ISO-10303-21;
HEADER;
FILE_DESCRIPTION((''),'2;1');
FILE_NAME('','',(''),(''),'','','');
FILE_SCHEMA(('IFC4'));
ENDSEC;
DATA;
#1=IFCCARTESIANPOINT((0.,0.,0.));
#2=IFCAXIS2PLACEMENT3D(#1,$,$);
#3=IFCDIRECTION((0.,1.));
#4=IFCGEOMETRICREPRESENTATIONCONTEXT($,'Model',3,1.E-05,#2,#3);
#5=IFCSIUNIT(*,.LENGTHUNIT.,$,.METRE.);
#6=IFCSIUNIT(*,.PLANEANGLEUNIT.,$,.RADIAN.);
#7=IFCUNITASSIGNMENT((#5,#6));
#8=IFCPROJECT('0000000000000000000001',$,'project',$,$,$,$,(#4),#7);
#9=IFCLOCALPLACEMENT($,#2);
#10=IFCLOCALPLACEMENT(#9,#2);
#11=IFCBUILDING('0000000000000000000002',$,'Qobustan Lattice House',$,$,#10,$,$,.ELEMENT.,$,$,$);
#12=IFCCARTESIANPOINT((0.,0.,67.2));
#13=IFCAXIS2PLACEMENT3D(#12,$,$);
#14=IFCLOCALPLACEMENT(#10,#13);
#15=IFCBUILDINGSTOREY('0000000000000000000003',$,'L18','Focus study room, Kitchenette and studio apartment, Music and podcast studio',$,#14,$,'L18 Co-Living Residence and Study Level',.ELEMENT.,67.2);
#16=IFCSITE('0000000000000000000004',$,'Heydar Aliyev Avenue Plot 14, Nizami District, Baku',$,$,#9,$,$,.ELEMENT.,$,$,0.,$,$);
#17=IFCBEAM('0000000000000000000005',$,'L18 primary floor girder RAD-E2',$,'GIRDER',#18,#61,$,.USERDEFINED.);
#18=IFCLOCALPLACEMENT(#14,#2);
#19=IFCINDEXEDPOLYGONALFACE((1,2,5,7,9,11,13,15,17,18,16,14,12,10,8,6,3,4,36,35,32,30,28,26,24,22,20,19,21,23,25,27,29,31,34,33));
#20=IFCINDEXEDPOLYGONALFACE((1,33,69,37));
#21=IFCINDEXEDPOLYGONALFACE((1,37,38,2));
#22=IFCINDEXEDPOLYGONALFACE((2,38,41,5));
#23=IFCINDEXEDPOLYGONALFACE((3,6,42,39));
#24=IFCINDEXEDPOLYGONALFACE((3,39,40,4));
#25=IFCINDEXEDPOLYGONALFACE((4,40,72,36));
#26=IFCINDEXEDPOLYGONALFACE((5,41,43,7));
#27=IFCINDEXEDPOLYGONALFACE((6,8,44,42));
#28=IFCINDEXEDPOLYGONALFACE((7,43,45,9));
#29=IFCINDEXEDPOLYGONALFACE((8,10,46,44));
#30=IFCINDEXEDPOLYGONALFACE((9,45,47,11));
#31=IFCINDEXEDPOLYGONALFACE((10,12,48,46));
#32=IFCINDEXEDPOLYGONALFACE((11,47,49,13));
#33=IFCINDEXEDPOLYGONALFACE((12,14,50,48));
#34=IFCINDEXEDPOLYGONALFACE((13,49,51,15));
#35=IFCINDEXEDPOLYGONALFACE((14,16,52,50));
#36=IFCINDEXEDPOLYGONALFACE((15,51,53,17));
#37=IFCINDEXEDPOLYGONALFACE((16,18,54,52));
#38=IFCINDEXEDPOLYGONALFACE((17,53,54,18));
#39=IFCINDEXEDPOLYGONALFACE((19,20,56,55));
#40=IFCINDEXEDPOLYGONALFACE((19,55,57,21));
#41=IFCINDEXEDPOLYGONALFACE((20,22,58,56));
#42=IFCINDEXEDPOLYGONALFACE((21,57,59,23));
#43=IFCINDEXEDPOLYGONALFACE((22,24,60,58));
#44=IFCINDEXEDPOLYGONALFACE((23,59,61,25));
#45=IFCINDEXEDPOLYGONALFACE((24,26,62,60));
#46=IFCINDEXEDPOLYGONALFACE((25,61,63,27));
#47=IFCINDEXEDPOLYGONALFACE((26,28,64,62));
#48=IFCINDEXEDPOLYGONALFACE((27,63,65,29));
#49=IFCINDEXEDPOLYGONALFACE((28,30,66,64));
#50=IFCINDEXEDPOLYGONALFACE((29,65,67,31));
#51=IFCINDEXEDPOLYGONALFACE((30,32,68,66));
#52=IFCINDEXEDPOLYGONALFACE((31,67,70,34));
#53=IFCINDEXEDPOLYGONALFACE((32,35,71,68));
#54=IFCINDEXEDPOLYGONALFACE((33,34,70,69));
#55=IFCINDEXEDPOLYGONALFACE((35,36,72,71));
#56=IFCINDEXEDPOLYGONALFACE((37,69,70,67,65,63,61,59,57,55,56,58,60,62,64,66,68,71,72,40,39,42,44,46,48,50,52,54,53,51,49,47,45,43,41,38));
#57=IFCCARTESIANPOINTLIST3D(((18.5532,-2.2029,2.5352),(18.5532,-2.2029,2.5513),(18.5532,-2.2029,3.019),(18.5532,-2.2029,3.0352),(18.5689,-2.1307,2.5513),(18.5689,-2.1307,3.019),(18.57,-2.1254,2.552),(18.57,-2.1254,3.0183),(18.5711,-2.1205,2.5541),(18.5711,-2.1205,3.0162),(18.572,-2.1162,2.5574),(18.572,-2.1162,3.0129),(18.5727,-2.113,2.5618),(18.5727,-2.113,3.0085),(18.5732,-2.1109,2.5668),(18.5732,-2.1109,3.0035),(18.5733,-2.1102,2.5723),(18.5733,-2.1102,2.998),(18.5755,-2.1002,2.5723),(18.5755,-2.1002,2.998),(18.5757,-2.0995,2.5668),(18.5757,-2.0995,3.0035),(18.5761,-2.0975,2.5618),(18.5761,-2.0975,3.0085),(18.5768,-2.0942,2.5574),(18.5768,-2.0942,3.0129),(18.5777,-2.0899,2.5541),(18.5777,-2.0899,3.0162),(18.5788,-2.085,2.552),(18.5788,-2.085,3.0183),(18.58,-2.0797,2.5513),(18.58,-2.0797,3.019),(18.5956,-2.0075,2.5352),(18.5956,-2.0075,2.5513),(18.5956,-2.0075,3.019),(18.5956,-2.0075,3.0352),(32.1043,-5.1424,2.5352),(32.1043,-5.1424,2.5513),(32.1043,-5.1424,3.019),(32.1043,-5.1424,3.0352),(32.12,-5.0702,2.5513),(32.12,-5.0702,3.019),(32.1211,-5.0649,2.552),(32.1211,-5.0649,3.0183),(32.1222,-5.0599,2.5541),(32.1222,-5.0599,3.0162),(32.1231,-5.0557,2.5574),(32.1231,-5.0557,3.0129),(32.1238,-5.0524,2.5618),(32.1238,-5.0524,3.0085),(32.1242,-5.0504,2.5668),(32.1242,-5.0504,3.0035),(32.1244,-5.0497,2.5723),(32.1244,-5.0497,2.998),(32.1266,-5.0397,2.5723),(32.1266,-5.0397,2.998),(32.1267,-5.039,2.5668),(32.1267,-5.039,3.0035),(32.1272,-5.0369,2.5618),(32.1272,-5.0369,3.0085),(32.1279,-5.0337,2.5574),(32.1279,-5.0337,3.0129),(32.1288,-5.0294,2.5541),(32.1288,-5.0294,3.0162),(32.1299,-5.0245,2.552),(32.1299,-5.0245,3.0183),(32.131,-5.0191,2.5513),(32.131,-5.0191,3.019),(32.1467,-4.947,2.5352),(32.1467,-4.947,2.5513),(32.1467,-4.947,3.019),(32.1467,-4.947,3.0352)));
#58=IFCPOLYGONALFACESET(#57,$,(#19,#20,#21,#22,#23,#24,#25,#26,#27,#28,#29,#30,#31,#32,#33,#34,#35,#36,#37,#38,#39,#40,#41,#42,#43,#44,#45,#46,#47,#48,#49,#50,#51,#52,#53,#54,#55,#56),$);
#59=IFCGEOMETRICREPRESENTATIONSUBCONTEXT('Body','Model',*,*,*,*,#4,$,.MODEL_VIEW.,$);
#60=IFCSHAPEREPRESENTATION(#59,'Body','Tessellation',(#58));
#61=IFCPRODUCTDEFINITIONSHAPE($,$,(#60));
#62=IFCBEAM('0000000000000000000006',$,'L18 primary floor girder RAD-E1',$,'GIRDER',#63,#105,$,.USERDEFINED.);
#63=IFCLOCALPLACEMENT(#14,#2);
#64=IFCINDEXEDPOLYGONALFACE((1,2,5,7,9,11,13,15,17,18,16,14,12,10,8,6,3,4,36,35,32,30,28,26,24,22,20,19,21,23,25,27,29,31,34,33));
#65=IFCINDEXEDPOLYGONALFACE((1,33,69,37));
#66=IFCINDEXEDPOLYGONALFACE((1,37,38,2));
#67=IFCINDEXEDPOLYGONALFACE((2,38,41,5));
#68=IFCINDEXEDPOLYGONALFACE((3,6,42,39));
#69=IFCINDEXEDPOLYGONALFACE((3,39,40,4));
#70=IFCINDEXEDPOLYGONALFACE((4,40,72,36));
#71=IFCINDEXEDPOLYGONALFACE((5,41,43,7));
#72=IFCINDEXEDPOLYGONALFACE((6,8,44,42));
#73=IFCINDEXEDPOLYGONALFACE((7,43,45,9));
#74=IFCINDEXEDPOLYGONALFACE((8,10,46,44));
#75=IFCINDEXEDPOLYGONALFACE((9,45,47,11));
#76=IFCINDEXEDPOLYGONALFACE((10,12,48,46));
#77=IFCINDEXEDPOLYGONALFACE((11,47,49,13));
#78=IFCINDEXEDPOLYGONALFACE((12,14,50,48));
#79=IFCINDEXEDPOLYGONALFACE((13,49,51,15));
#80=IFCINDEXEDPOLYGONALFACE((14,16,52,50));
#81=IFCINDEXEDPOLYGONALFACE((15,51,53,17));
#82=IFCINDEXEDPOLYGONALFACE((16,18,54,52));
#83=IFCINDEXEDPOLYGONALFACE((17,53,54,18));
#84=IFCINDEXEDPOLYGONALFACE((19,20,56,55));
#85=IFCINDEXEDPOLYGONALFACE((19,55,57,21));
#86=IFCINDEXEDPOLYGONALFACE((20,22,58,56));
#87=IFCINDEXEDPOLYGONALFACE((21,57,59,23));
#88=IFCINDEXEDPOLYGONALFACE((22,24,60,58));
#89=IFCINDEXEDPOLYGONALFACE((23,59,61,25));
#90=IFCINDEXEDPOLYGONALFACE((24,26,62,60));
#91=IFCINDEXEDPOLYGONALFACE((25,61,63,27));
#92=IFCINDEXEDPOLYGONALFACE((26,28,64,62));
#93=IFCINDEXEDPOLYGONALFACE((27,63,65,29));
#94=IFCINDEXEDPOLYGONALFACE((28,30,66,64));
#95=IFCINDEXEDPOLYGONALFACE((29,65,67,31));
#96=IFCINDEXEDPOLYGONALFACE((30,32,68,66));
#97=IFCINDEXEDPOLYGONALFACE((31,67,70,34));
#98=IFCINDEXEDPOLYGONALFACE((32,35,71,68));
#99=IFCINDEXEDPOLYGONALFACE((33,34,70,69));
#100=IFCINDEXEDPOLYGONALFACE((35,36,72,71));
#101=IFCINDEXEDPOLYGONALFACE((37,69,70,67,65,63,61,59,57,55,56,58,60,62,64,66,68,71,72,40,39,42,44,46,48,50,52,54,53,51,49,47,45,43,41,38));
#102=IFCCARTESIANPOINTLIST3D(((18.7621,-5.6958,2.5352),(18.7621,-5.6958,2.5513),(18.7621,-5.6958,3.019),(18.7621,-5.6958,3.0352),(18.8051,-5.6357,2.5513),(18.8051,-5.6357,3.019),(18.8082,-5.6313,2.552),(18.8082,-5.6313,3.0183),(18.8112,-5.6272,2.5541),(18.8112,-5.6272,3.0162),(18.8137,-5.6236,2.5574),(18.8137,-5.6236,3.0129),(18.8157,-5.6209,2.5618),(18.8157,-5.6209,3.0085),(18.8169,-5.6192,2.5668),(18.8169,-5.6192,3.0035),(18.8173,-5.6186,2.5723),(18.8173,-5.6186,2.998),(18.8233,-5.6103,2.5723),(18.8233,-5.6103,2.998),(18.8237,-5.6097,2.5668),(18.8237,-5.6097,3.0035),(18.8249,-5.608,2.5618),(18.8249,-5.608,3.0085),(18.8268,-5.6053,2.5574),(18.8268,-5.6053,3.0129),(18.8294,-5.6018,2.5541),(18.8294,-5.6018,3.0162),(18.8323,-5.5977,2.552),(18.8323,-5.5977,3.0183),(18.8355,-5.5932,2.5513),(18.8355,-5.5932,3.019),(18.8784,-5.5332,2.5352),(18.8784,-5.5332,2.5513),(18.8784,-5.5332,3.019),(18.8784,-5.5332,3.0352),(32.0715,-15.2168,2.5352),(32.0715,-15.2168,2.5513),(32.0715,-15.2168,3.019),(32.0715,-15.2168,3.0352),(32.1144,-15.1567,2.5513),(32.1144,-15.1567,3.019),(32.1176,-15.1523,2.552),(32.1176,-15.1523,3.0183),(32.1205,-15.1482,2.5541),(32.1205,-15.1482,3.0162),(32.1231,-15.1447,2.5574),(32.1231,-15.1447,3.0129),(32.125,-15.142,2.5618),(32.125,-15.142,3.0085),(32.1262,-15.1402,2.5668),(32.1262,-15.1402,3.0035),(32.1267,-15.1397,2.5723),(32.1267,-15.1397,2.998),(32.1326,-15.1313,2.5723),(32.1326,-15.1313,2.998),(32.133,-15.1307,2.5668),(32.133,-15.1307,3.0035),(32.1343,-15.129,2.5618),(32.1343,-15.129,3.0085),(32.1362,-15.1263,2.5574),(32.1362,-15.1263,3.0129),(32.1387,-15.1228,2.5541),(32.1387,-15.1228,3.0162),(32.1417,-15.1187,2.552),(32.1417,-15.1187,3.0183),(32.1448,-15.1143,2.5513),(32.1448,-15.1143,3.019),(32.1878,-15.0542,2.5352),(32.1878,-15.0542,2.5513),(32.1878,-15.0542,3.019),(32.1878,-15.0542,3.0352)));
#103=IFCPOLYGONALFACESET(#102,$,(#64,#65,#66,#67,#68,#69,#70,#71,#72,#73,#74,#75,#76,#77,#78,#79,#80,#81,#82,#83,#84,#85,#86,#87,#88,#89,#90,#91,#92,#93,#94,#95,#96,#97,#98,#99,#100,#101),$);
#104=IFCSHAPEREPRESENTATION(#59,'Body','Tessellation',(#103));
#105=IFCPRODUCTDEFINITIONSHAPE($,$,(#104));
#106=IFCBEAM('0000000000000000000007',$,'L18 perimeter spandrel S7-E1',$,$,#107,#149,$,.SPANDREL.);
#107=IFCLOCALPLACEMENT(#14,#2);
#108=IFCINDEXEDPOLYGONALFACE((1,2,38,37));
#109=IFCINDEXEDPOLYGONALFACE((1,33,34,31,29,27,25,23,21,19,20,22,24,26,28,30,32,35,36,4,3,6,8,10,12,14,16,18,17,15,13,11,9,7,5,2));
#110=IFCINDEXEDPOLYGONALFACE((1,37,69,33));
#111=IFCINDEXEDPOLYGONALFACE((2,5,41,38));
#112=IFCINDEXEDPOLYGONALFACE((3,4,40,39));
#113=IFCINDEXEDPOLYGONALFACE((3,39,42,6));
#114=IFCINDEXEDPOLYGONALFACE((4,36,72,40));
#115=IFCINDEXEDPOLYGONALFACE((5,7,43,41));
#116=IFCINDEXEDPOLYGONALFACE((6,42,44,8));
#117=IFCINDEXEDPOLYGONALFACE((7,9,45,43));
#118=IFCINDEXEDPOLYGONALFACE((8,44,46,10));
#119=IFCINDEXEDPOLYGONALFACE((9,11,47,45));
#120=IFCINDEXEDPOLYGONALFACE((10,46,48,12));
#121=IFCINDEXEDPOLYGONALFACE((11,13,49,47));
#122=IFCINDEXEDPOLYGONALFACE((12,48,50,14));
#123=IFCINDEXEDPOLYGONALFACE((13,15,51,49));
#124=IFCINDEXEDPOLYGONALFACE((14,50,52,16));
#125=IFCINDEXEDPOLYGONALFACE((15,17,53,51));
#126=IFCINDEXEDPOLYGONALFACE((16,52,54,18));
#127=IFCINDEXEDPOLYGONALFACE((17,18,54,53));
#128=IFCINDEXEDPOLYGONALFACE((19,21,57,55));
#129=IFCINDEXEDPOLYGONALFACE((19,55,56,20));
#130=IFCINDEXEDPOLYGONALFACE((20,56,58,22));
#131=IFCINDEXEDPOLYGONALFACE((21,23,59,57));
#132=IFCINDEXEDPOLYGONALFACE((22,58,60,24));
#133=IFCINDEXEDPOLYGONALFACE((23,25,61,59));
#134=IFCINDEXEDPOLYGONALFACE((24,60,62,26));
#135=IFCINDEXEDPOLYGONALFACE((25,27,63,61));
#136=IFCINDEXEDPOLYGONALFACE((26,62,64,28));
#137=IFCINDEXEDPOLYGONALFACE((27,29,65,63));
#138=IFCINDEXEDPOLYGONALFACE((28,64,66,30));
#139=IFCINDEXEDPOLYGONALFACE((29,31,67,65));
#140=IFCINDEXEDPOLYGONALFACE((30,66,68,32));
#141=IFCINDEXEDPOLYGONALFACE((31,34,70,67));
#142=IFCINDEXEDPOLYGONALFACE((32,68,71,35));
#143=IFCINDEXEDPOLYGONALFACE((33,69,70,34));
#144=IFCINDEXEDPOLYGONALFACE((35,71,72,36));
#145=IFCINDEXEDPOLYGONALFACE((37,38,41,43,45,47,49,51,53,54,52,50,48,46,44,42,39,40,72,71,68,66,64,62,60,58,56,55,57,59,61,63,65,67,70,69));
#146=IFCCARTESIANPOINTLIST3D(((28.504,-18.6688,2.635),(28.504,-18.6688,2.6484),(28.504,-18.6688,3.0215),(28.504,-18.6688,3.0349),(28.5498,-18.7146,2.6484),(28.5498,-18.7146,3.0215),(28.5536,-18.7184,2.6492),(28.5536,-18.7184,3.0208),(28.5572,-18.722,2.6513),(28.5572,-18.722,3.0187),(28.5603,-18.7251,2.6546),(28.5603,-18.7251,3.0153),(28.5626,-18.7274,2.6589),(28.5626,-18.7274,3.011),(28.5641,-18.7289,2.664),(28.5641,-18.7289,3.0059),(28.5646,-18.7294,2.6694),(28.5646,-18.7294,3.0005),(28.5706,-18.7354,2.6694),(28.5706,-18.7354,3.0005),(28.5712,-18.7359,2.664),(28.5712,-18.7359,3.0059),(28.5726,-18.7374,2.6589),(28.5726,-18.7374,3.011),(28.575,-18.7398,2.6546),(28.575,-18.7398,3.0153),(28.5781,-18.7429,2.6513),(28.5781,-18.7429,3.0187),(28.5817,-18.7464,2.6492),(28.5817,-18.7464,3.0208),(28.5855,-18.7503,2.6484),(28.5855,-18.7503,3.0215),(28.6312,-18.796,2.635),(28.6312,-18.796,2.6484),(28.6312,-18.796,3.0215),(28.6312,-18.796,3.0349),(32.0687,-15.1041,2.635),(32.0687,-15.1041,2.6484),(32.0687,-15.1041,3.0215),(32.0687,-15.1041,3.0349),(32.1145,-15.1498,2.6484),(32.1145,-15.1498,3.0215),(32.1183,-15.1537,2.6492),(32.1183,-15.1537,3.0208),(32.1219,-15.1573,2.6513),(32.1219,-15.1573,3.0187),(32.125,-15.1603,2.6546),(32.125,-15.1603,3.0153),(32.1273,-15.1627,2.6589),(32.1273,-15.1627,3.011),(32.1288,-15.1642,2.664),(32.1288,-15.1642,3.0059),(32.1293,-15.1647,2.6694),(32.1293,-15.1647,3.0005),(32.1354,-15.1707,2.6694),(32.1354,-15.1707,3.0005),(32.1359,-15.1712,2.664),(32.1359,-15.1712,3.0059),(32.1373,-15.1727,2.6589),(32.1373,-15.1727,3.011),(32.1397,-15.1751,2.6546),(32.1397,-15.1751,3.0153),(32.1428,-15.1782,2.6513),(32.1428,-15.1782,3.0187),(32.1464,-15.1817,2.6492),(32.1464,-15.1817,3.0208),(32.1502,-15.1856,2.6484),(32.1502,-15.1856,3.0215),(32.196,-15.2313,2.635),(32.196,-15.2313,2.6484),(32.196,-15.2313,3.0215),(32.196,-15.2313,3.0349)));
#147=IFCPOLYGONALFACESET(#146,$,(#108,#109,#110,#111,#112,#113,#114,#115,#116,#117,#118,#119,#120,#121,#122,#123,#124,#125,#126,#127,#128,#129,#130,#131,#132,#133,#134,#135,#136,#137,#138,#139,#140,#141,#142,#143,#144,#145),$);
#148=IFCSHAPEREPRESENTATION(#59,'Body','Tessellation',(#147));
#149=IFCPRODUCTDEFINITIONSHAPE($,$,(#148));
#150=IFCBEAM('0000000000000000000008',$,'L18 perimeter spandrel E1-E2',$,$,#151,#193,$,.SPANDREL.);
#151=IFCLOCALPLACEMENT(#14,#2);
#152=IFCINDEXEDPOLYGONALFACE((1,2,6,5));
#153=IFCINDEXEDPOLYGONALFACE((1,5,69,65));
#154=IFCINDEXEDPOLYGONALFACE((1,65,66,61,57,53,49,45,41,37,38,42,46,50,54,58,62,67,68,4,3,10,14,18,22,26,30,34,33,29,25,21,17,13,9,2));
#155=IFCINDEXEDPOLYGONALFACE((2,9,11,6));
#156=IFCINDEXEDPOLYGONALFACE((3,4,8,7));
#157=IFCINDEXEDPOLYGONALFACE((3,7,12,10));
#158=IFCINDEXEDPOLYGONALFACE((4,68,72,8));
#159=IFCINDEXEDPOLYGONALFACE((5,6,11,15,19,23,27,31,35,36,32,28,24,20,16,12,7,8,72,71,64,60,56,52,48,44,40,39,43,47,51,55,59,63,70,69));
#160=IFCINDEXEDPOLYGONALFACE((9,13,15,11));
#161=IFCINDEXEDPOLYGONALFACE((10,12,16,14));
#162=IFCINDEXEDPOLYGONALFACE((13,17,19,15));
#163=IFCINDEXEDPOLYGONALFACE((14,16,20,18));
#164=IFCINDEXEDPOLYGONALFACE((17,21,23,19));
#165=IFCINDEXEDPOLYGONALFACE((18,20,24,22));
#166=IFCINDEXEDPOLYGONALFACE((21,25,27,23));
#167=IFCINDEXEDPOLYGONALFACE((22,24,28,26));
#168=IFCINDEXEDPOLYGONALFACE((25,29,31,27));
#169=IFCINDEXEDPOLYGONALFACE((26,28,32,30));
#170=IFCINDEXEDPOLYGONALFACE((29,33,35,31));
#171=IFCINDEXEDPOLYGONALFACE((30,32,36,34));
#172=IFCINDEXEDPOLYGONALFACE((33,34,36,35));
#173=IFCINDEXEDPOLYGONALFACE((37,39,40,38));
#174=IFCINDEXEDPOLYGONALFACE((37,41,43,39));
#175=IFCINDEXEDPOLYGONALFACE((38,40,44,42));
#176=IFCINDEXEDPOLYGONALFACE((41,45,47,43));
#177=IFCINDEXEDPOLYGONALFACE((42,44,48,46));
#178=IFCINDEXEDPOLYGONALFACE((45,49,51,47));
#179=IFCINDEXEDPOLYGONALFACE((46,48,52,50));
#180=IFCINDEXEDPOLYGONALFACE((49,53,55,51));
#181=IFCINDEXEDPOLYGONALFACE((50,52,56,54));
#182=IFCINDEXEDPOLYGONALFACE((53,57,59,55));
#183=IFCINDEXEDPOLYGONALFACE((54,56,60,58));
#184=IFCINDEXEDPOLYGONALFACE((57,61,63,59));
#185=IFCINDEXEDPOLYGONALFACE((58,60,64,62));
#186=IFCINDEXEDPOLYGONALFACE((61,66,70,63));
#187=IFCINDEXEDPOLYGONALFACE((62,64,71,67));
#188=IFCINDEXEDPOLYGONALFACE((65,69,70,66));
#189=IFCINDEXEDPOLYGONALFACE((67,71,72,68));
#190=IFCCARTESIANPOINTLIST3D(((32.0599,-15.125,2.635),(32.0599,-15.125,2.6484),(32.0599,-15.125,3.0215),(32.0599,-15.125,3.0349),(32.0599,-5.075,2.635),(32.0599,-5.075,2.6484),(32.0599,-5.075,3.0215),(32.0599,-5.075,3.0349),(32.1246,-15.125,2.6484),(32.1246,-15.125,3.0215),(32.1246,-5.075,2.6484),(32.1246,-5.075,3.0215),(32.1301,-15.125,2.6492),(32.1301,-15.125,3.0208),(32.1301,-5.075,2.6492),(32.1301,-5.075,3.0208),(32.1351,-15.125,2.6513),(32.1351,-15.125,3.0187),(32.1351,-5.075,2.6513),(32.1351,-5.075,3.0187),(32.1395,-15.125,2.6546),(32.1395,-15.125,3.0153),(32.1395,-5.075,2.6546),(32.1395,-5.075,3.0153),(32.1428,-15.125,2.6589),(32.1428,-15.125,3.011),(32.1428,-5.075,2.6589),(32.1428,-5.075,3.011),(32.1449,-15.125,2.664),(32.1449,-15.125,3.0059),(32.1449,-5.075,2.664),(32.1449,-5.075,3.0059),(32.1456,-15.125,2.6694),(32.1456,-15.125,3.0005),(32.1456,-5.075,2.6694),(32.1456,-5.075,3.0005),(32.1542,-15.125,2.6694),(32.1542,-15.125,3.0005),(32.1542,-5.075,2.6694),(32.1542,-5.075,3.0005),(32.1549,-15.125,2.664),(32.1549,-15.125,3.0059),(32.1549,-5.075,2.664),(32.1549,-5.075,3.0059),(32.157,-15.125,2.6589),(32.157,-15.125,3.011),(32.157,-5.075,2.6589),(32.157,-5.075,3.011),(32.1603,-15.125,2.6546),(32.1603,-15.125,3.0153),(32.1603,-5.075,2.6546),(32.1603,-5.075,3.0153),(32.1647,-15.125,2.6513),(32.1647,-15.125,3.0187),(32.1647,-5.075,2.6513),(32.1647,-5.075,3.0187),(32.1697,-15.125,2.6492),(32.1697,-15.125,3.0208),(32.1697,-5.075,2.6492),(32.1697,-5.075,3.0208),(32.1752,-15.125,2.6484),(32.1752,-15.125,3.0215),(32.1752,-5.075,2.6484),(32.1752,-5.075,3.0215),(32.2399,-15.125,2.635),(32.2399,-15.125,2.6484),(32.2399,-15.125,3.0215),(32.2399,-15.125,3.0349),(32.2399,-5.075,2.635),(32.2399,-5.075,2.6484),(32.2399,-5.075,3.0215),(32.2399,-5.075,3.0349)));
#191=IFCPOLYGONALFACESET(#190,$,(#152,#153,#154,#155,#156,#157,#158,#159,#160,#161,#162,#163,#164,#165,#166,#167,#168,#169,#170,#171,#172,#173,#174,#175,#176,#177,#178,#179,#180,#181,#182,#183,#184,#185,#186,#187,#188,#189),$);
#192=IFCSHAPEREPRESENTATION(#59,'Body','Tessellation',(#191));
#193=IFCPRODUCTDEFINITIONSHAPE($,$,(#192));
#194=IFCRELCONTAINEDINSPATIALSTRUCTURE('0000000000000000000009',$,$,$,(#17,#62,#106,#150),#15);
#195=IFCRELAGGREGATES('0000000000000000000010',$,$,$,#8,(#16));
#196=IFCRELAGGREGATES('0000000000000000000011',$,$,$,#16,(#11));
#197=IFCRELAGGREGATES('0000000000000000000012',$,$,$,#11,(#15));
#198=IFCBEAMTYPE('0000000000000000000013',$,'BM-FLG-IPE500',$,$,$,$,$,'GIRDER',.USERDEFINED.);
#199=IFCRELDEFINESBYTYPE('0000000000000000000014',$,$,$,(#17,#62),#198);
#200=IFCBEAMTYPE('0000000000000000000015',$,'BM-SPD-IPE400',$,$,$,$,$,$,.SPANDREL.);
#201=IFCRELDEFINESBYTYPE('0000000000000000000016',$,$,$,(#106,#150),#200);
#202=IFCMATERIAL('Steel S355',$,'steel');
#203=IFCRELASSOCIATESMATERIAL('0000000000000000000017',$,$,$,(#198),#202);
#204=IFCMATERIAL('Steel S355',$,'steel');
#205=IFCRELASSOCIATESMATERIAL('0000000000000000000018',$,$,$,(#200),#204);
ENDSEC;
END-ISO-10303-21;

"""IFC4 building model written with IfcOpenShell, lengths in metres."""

from ifc_helpers import new_model, si_unit, direction, frame, origin, origin_2d, place, context, subcontext, project, spatial, i_section, extrude, material, material_profile, profile_set, type_object, element, save


model = new_model("IFC4")

# Units and contexts
model_context = context("Model", 3, precision=1e-05, world=origin(), true_north=direction((0.0, 1.0)))
body_context = subcontext(model_context, "Body", "Model", "MODEL_VIEW")
ifc_project = project(units=[si_unit("LENGTHUNIT", "METRE"), si_unit("PLANEANGLEUNIT", "RADIAN")], contexts=[model_context])

# Site, building, storey
site_placement = place(None, origin())
site = spatial("IfcSite", under=ifc_project, at=site_placement, Name="Heydar Aliyev Avenue Plot 14, Nizami District, Baku", CompositionType="ELEMENT", RefElevation=0.0)
building_placement = place(site_placement, origin())
building = spatial("IfcBuilding", under=site, at=building_placement, Name="Qobustan Lattice House", CompositionType="ELEMENT")
storey_placement = place(building_placement, frame((0.0, 0.0, 67.2)))
storey = spatial("IfcBuildingStorey", under=building, at=storey_placement, Name="L18", Description="Focus study room, Kitchenette and studio apartment, Music and podcast studio", LongName="L18 Co-Living Residence and Study Level", CompositionType="ELEMENT", Elevation=67.2)

# Beams
ifc_material_1 = material(Name="Steel S355", Category="steel")
ifc_material_profile_1 = material_profile(ifc_material_1, i_section(OverallWidth=0.2, OverallDepth=0.5, WebThickness=0.0103, FlangeThickness=0.0161, FilletRadius=0.021, at=origin_2d()), Name="IPE500")
ifc_profile_set_1 = profile_set([ifc_material_profile_1], Name="Steel S355")
beam_type_1 = type_object("IfcBeamType", Name="BM-FLG-IPE500", ElementType="GIRDER", PredefinedType="USERDEFINED", material=ifc_profile_set_1)
beam_1_placement = place(storey_placement, frame((32.1255, -5.0447, 2.7852), z_axis=(-0.977272, 0.211987, 0.0), x_axis=(-0.211987, -0.977272, 0.0)))
element("IfcBeam", 1, at=beam_1_placement, inside=storey, type_object=beam_type_1, Name="L18 primary floor girder RAD-E2", ObjectType="GIRDER", PredefinedType="USERDEFINED", context=body_context, shape_type="SweptSolid", body=[
    extrude(i_section(OverallWidth=0.2, OverallDepth=0.5, WebThickness=0.0103, FlangeThickness=0.0161, FilletRadius=0.021, at=origin_2d()), origin(), (0.0, 0.0, 1.0), 13.8662),
])
beam_2_placement = place(storey_placement, frame((32.1296, -15.1355, 2.7852), z_axis=(-0.813319, 0.581818, 0.0), x_axis=(-0.581818, -0.813319, 0.0)))
element("IfcBeam", 2, at=beam_2_placement, inside=storey, type_object=beam_type_1, Name="L18 primary floor girder RAD-E1", ObjectType="GIRDER", PredefinedType="USERDEFINED", context=body_context, shape_type="SweptSolid", body=[
    extrude(i_section(OverallWidth=0.2, OverallDepth=0.5, WebThickness=0.0103, FlangeThickness=0.0161, FilletRadius=0.021, at=origin_2d()), origin(), (0.0, 0.0, 1.0), 16.3643),
])
ifc_material_2 = material(Name="Steel S355", Category="steel")
ifc_material_profile_2 = material_profile(ifc_material_2, i_section(OverallWidth=0.1799, OverallDepth=0.3999, WebThickness=0.0085, FlangeThickness=0.0134, FilletRadius=0.021, at=origin_2d()), Name="IPE400")
ifc_profile_set_2 = profile_set([ifc_material_profile_2], Name="Steel S355")
beam_type_2 = type_object("IfcBeamType", Name="BM-SPD-IPE400", PredefinedType="SPANDREL", material=ifc_profile_set_2)
beam_3_placement = place(storey_placement, frame((28.5676, -18.7324, 2.835), z_axis=(0.707107, 0.707107, 0.0), x_axis=(-0.707107, 0.707107, 0.0)))
element("IfcBeam", 3, at=beam_3_placement, inside=storey, type_object=beam_type_2, Name="L18 perimeter spandrel S7-E1", PredefinedType="SPANDREL", context=body_context, shape_type="SweptSolid", body=[
    extrude(i_section(OverallWidth=0.1799, OverallDepth=0.3999, WebThickness=0.0085, FlangeThickness=0.0134, FilletRadius=0.021, at=origin_2d()), origin(), (0.0, 0.0, 1.0), 5.0413),
])
beam_4_placement = place(storey_placement, frame((32.1499, -15.125, 2.835), z_axis=(0.0, 1.0, 0.0), x_axis=(-1.0, 0.0, 0.0)))
element("IfcBeam", 4, at=beam_4_placement, inside=storey, type_object=beam_type_2, Name="L18 perimeter spandrel E1-E2", PredefinedType="SPANDREL", context=body_context, shape_type="SweptSolid", body=[
    extrude(i_section(OverallWidth=0.1799, OverallDepth=0.3999, WebThickness=0.0085, FlangeThickness=0.0134, FilletRadius=0.021, at=origin_2d()), origin(), (0.0, 0.0, 1.0), 10.05),
])

save(model, "model.ifc")
